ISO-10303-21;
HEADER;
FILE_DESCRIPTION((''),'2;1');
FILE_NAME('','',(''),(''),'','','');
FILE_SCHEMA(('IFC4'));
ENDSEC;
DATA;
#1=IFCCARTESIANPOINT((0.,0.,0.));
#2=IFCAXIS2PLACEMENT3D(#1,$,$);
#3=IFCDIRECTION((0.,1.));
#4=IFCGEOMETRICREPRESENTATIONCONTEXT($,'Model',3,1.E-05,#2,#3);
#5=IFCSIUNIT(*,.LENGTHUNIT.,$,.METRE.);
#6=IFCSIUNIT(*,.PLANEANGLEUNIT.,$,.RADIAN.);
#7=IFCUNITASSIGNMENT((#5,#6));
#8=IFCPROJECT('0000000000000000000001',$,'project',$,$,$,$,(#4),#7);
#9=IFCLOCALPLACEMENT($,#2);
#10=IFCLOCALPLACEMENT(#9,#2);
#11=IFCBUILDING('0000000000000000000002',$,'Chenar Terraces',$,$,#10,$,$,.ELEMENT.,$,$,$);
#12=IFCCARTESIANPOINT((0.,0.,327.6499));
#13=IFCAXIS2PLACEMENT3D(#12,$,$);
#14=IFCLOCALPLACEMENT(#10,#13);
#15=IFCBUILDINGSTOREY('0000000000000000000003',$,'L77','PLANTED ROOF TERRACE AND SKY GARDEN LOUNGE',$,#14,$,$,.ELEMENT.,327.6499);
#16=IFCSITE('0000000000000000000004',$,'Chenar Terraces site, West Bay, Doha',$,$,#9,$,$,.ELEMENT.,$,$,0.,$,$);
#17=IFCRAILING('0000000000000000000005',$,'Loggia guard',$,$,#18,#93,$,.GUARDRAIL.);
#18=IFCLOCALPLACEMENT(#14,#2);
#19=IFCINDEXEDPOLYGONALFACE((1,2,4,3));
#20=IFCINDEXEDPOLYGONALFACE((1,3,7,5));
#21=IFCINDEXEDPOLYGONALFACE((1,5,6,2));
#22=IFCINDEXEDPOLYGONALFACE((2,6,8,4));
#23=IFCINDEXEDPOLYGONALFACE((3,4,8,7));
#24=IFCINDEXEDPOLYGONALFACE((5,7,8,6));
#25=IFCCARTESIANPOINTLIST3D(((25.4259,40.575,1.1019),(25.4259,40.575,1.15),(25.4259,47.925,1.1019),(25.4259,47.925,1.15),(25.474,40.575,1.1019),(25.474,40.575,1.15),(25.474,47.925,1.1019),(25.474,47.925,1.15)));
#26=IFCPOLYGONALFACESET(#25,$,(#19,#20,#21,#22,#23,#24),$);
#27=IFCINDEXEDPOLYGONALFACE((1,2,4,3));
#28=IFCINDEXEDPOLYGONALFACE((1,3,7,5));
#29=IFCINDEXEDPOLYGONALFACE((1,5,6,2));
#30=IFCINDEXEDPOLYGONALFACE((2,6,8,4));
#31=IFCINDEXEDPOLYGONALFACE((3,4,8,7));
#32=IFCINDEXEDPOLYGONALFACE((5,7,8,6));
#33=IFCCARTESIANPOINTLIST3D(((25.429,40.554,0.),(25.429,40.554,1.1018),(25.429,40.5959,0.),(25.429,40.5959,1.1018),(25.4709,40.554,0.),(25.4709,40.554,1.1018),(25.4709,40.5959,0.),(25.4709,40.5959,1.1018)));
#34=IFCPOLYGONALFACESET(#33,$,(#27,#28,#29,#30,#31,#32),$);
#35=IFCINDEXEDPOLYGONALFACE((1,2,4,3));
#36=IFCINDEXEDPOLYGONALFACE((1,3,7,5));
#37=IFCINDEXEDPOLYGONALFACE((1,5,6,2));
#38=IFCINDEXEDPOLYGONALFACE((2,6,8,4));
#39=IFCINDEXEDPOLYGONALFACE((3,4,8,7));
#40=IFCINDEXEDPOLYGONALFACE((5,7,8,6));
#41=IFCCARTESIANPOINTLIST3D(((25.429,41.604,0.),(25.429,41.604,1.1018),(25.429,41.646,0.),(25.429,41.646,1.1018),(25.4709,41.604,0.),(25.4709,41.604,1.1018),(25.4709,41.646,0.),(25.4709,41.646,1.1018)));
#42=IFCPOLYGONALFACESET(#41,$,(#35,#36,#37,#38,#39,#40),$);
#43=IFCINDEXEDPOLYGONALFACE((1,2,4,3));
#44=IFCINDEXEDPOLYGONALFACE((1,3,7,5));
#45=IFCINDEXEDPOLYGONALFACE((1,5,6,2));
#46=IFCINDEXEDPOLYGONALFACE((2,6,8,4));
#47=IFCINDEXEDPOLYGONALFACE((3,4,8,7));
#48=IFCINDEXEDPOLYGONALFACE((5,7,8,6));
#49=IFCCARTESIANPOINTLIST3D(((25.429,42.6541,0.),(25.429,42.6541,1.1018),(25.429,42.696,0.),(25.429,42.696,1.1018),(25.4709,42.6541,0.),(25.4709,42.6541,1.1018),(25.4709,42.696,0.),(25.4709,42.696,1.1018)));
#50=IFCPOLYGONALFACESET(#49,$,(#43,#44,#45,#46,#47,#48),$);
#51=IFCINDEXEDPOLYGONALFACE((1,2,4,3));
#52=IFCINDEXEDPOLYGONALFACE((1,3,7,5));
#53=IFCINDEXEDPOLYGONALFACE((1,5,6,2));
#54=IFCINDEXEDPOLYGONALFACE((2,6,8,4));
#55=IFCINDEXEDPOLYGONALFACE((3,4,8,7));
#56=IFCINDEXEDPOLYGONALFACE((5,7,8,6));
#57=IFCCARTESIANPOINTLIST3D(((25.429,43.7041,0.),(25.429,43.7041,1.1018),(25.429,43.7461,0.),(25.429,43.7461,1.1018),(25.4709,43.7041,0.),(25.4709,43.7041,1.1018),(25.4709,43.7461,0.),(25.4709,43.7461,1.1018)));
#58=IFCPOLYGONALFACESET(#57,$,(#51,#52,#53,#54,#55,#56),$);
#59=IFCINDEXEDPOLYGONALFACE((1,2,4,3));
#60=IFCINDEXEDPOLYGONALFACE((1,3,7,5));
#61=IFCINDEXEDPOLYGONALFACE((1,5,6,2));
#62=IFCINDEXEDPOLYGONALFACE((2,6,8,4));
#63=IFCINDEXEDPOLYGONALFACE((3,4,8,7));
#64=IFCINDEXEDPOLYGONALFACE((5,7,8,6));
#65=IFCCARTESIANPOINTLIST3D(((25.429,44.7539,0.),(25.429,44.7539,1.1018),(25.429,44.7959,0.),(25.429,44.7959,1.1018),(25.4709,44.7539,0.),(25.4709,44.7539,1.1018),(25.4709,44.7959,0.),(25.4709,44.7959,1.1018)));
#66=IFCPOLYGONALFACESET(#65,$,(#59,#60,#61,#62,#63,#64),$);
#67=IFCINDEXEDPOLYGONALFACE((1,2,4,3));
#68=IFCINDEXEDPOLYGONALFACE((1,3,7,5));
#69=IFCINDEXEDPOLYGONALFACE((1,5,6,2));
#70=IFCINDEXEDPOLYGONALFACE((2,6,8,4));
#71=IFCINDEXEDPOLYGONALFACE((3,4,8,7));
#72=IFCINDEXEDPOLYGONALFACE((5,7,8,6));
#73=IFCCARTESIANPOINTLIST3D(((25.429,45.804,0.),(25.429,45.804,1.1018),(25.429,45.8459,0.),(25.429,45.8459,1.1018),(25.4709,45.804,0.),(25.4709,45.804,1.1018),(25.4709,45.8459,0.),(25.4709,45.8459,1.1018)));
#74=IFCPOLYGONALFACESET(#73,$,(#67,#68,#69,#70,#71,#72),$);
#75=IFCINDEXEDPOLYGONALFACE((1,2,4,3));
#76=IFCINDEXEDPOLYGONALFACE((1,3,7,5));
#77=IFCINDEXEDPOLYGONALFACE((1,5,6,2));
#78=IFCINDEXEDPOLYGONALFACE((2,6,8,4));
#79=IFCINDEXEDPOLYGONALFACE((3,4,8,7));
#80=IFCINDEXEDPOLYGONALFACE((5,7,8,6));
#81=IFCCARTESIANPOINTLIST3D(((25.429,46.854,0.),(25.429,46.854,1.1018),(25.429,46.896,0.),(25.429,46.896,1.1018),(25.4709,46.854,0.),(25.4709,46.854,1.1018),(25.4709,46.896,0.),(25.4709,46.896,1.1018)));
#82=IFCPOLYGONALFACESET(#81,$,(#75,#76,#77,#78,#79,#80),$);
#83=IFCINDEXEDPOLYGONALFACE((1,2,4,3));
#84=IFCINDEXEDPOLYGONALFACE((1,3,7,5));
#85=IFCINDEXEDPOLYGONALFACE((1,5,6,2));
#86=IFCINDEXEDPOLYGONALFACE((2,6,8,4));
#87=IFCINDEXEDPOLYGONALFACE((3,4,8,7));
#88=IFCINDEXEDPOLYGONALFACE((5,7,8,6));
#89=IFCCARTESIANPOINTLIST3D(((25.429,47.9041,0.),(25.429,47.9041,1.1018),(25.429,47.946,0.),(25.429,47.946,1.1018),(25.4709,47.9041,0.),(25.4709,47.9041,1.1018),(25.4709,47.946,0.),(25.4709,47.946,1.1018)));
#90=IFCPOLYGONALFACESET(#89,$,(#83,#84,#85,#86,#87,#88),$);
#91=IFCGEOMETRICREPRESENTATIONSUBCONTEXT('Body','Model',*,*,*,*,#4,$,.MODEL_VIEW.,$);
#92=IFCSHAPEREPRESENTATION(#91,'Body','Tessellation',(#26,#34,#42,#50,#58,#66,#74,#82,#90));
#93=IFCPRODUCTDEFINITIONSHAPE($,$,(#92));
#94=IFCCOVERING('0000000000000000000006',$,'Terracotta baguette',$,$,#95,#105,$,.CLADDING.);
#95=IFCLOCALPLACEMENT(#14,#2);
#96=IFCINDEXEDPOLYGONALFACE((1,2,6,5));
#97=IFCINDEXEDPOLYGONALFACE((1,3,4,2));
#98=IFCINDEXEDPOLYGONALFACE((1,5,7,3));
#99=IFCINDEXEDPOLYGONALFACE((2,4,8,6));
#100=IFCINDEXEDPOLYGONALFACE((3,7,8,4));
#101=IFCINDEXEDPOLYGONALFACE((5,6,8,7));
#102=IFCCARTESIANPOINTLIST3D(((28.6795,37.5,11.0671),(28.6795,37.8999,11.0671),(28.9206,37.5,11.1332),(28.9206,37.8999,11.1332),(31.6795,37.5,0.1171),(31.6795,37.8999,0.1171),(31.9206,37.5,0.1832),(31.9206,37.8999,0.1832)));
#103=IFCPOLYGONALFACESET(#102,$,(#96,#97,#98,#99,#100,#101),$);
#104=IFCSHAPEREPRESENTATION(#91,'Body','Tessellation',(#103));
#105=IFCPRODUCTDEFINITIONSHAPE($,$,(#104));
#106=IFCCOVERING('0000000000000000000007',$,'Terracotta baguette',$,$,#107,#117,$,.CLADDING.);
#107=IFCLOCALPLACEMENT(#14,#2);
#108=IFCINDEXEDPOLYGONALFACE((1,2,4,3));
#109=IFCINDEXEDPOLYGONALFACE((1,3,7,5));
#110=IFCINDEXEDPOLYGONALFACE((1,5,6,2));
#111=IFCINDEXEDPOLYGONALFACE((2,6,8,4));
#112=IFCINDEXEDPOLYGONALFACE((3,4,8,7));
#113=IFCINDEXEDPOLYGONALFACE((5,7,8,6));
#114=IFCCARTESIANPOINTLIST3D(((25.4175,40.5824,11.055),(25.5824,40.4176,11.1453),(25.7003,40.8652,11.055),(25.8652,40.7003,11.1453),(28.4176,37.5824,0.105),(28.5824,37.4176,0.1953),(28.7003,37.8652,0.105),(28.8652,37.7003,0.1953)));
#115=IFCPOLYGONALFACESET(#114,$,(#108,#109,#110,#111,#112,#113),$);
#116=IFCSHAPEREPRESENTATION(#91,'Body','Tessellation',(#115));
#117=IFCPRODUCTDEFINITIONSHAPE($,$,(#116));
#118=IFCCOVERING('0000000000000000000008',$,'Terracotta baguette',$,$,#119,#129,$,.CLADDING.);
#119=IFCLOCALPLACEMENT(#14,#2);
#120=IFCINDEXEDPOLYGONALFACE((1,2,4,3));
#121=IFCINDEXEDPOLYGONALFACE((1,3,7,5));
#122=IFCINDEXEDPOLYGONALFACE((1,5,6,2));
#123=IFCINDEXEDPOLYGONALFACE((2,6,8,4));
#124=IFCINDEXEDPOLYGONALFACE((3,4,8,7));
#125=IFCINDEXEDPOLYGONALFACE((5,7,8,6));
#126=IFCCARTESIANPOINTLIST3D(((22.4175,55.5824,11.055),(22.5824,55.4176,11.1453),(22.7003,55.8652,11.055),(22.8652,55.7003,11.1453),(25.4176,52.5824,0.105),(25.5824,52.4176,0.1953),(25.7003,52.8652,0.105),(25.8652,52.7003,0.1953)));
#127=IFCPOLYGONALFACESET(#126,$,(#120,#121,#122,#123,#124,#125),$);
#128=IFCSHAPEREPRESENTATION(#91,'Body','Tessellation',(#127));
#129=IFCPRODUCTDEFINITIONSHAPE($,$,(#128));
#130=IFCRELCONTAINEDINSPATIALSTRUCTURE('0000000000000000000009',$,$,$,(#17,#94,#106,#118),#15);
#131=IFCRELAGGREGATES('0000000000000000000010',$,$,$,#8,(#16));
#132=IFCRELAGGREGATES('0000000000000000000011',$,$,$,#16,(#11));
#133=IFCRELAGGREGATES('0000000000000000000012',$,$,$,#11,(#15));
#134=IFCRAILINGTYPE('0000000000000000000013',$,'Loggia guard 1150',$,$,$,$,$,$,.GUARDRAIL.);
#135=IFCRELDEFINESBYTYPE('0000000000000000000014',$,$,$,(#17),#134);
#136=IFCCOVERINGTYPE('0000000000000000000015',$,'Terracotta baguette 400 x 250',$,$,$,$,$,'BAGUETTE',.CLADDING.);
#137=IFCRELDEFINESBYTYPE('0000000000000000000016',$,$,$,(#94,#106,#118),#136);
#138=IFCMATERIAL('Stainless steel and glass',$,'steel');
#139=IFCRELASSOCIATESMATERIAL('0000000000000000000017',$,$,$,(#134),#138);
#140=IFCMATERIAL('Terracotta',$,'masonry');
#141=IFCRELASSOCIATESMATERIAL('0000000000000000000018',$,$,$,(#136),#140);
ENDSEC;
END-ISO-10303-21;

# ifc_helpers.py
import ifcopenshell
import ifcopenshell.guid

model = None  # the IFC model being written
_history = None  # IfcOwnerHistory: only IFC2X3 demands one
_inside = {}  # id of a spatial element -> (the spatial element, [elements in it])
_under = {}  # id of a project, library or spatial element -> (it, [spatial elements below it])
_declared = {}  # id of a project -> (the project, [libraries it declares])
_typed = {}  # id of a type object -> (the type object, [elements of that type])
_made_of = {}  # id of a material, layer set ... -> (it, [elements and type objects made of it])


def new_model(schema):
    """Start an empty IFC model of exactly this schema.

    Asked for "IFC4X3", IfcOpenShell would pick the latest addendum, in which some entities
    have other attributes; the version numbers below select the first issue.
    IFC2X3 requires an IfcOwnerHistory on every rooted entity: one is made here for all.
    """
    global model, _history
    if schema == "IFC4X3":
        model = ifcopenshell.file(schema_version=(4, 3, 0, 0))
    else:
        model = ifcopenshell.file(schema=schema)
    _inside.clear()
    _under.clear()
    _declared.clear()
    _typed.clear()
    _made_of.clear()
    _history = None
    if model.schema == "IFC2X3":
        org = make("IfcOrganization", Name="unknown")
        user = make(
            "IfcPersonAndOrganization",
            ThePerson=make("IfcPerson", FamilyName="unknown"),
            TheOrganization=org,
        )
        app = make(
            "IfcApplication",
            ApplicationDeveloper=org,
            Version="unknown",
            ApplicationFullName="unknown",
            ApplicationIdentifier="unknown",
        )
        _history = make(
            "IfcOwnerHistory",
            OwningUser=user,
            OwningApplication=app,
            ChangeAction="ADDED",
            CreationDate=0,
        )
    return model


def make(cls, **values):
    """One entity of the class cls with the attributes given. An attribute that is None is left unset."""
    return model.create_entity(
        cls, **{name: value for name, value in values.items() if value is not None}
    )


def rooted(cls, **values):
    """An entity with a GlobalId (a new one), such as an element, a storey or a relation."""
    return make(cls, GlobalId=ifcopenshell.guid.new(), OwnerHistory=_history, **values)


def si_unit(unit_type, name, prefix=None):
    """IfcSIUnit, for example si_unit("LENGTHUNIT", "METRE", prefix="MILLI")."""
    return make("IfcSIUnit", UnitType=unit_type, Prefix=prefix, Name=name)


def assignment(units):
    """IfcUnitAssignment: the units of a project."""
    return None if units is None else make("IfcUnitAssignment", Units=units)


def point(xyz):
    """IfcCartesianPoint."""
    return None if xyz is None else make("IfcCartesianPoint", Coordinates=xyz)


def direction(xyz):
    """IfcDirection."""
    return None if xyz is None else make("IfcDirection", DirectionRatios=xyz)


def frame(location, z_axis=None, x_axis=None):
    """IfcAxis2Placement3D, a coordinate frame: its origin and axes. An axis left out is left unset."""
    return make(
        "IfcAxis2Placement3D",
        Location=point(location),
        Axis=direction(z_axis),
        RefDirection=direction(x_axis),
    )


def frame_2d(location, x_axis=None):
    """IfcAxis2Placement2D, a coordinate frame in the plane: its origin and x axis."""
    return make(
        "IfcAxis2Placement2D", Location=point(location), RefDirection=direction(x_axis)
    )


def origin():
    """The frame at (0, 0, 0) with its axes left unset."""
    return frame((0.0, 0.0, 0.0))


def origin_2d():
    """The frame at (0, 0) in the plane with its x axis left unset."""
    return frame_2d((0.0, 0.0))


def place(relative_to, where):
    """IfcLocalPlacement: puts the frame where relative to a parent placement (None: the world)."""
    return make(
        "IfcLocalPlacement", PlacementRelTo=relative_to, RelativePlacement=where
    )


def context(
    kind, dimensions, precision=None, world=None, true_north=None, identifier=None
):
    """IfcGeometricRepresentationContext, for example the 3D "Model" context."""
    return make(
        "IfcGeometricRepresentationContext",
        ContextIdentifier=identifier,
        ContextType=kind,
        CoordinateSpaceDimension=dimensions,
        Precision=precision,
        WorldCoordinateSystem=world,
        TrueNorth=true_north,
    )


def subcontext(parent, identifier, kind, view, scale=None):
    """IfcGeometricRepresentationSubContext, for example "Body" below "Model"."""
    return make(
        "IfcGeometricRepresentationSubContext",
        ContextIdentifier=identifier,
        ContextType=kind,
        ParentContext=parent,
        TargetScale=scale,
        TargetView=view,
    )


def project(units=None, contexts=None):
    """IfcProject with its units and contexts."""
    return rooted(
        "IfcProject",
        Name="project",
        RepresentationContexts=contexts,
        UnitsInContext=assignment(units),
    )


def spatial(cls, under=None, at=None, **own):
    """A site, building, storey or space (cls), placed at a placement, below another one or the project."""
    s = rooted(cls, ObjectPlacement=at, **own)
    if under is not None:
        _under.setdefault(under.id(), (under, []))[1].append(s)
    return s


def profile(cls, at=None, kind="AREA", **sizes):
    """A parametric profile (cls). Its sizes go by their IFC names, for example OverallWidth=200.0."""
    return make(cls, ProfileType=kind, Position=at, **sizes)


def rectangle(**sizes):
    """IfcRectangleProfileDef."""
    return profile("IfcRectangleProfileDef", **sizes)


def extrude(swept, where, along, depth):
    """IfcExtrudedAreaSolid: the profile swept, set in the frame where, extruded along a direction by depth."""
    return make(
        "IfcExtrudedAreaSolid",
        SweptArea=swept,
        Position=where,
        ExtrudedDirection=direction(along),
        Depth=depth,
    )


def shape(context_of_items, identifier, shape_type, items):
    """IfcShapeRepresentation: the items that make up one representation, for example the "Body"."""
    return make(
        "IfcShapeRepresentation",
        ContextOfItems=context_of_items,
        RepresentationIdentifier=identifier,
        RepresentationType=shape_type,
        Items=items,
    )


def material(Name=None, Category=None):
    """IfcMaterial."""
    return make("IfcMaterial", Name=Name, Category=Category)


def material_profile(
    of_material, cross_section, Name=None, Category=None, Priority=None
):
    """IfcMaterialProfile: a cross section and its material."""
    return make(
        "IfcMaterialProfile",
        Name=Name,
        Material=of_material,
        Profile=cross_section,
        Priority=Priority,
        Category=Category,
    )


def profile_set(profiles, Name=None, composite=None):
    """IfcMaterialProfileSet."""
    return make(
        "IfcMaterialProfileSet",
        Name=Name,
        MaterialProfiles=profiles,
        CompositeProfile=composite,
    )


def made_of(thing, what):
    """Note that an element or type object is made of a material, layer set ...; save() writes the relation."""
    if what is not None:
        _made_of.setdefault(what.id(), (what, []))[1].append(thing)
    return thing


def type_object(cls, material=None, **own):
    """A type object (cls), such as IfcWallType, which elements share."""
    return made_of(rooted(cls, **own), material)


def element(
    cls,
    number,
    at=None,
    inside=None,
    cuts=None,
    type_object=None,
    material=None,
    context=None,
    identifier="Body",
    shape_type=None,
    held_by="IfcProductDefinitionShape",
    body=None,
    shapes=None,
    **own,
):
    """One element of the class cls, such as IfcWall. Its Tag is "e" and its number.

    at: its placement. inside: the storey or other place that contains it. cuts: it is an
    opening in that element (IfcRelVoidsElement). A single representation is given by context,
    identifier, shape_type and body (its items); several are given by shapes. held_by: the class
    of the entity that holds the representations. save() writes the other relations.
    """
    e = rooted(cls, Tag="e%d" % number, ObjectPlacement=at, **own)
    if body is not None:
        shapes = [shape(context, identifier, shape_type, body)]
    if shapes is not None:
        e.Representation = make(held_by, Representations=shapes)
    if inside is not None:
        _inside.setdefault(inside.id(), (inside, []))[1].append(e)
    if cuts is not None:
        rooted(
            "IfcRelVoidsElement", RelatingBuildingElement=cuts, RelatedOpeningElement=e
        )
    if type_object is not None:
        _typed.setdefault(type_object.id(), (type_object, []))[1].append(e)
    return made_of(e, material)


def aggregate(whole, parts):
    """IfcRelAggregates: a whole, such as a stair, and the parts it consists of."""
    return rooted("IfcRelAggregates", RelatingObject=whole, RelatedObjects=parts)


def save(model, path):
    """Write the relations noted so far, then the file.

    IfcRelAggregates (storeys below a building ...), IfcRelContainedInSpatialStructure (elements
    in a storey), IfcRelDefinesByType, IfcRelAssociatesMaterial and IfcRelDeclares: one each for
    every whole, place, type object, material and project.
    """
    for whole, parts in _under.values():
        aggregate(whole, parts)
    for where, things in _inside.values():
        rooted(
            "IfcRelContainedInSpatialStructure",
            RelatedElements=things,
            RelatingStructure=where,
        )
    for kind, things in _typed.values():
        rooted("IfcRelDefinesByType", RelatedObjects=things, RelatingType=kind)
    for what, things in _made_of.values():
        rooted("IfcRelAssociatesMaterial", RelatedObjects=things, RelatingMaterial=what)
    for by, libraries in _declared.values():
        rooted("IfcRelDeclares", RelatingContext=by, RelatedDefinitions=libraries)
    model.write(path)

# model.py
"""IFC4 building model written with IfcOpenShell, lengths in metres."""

from ifc_helpers import new_model, si_unit, direction, frame, origin, origin_2d, place, context, subcontext, project, spatial, rectangle, extrude, material, material_profile, profile_set, type_object, element, save


model = new_model("IFC4")

# Units and contexts
model_context = context("Model", 3, precision=1e-05, world=origin(), true_north=direction((0.0, 1.0)))
body_context = subcontext(model_context, "Body", "Model", "MODEL_VIEW")
ifc_project = project(units=[si_unit("LENGTHUNIT", "METRE"), si_unit("PLANEANGLEUNIT", "RADIAN")], contexts=[model_context])

# Site, building, storey
site_placement = place(None, origin())
site = spatial("IfcSite", under=ifc_project, at=site_placement, Name="Chenar Terraces site, West Bay, Doha", CompositionType="ELEMENT", RefElevation=0.0)
building_placement = place(site_placement, origin())
building = spatial("IfcBuilding", under=site, at=building_placement, Name="Chenar Terraces", CompositionType="ELEMENT")
storey_placement = place(building_placement, frame((0.0, 0.0, 327.6499)))
storey = spatial("IfcBuildingStorey", under=building, at=storey_placement, Name="L77", Description="PLANTED ROOF TERRACE AND SKY GARDEN LOUNGE", CompositionType="ELEMENT", Elevation=327.6499)

# Railing
ifc_material_1 = material(Name="Stainless steel and glass", Category="steel")
railing_type = type_object("IfcRailingType", Name="Loggia guard 1150", PredefinedType="GUARDRAIL", material=ifc_material_1)
railing_placement = place(storey_placement, frame((25.45, 40.575, 0.0)))
element("IfcRailing", 1, at=railing_placement, inside=storey, type_object=railing_type, Name="Loggia guard", PredefinedType="GUARDRAIL", context=body_context, shape_type="SweptSolid", body=[
    extrude(rectangle(XDim=0.0481, YDim=0.0481, at=origin_2d()), frame((0.0, 0.0, 1.126), z_axis=(0.0, 1.0, 0.0), x_axis=(-1.0, 0.0, 0.0)), (0.0, 0.0, 1.0), 7.3501),
    extrude(rectangle(XDim=0.042, YDim=0.042, at=origin_2d()), origin(), (0.0, 0.0, 1.0), 1.1018),
    extrude(rectangle(XDim=0.042, YDim=0.042, at=origin_2d()), frame((0.0, 1.05, 0.0)), (0.0, 0.0, 1.0), 1.1018),
    extrude(rectangle(XDim=0.042, YDim=0.042, at=origin_2d()), frame((0.0, 2.1001, 0.0)), (0.0, 0.0, 1.0), 1.1018),
    extrude(rectangle(XDim=0.042, YDim=0.042, at=origin_2d()), frame((0.0, 3.1501, 0.0)), (0.0, 0.0, 1.0), 1.1018),
    extrude(rectangle(XDim=0.042, YDim=0.042, at=origin_2d()), frame((0.0, 4.2, 0.0)), (0.0, 0.0, 1.0), 1.1018),
    extrude(rectangle(XDim=0.042, YDim=0.042, at=origin_2d()), frame((0.0, 5.25, 0.0)), (0.0, 0.0, 1.0), 1.1018),
    extrude(rectangle(XDim=0.042, YDim=0.042, at=origin_2d()), frame((0.0, 6.3, 0.0)), (0.0, 0.0, 1.0), 1.1018),
    extrude(rectangle(XDim=0.042, YDim=0.042, at=origin_2d()), frame((0.0, 7.3501, 0.0)), (0.0, 0.0, 1.0), 1.1018),
])

# Coverings
ifc_material_2 = material(Name="Terracotta", Category="masonry")
ifc_material_profile_1 = material_profile(ifc_material_2, rectangle(XDim=0.3999, YDim=0.25, at=origin_2d()), Name="Terracotta baguette 400 x 250")
ifc_profile_set_1 = profile_set([ifc_material_profile_1], Name="Terracotta")
covering_type = type_object("IfcCoveringType", Name="Terracotta baguette 400 x 250", ElementType="BAGUETTE", PredefinedType="CLADDING", material=ifc_profile_set_1)
covering_placement = place(storey_placement, frame((31.8, 37.7, 0.1501), z_axis=(-0.264236, 0.0, 0.964458), x_axis=(0.0, -1.0, 0.0)))
element("IfcCovering", 2, at=covering_placement, inside=storey, type_object=covering_type, Name="Terracotta baguette", PredefinedType="CLADDING", context=body_context, shape_type="SweptSolid", body=[
    extrude(rectangle(XDim=0.3999, YDim=0.25, at=origin_2d()), origin(), (0.0, 0.0, 1.0), 11.3535),
])
for number, where, z_axis, x_axis, name in (
    (3, (28.6414, 37.6414, 0.1501), (-0.255468, 0.255468, 0.932455), (-0.707107, -0.707107, 0.0), "Terracotta baguette"),
    (4, (25.6414, 52.6414, 0.1501), (-0.255468, 0.255468, 0.932455), (-0.707107, -0.707107, 0.0), "Terracotta baguette"),
):
    element("IfcCovering", number, at=place(storey_placement, frame(where, z_axis=z_axis, x_axis=x_axis)), inside=storey, type_object=covering_type, Name=name, PredefinedType="CLADDING", context=body_context, shape_type="SweptSolid", body=[
        extrude(rectangle(XDim=0.3999, YDim=0.25, at=origin_2d()), origin(), (0.0, 0.0, 1.0), 11.7432),
    ])

save(model, "model.ifc")
